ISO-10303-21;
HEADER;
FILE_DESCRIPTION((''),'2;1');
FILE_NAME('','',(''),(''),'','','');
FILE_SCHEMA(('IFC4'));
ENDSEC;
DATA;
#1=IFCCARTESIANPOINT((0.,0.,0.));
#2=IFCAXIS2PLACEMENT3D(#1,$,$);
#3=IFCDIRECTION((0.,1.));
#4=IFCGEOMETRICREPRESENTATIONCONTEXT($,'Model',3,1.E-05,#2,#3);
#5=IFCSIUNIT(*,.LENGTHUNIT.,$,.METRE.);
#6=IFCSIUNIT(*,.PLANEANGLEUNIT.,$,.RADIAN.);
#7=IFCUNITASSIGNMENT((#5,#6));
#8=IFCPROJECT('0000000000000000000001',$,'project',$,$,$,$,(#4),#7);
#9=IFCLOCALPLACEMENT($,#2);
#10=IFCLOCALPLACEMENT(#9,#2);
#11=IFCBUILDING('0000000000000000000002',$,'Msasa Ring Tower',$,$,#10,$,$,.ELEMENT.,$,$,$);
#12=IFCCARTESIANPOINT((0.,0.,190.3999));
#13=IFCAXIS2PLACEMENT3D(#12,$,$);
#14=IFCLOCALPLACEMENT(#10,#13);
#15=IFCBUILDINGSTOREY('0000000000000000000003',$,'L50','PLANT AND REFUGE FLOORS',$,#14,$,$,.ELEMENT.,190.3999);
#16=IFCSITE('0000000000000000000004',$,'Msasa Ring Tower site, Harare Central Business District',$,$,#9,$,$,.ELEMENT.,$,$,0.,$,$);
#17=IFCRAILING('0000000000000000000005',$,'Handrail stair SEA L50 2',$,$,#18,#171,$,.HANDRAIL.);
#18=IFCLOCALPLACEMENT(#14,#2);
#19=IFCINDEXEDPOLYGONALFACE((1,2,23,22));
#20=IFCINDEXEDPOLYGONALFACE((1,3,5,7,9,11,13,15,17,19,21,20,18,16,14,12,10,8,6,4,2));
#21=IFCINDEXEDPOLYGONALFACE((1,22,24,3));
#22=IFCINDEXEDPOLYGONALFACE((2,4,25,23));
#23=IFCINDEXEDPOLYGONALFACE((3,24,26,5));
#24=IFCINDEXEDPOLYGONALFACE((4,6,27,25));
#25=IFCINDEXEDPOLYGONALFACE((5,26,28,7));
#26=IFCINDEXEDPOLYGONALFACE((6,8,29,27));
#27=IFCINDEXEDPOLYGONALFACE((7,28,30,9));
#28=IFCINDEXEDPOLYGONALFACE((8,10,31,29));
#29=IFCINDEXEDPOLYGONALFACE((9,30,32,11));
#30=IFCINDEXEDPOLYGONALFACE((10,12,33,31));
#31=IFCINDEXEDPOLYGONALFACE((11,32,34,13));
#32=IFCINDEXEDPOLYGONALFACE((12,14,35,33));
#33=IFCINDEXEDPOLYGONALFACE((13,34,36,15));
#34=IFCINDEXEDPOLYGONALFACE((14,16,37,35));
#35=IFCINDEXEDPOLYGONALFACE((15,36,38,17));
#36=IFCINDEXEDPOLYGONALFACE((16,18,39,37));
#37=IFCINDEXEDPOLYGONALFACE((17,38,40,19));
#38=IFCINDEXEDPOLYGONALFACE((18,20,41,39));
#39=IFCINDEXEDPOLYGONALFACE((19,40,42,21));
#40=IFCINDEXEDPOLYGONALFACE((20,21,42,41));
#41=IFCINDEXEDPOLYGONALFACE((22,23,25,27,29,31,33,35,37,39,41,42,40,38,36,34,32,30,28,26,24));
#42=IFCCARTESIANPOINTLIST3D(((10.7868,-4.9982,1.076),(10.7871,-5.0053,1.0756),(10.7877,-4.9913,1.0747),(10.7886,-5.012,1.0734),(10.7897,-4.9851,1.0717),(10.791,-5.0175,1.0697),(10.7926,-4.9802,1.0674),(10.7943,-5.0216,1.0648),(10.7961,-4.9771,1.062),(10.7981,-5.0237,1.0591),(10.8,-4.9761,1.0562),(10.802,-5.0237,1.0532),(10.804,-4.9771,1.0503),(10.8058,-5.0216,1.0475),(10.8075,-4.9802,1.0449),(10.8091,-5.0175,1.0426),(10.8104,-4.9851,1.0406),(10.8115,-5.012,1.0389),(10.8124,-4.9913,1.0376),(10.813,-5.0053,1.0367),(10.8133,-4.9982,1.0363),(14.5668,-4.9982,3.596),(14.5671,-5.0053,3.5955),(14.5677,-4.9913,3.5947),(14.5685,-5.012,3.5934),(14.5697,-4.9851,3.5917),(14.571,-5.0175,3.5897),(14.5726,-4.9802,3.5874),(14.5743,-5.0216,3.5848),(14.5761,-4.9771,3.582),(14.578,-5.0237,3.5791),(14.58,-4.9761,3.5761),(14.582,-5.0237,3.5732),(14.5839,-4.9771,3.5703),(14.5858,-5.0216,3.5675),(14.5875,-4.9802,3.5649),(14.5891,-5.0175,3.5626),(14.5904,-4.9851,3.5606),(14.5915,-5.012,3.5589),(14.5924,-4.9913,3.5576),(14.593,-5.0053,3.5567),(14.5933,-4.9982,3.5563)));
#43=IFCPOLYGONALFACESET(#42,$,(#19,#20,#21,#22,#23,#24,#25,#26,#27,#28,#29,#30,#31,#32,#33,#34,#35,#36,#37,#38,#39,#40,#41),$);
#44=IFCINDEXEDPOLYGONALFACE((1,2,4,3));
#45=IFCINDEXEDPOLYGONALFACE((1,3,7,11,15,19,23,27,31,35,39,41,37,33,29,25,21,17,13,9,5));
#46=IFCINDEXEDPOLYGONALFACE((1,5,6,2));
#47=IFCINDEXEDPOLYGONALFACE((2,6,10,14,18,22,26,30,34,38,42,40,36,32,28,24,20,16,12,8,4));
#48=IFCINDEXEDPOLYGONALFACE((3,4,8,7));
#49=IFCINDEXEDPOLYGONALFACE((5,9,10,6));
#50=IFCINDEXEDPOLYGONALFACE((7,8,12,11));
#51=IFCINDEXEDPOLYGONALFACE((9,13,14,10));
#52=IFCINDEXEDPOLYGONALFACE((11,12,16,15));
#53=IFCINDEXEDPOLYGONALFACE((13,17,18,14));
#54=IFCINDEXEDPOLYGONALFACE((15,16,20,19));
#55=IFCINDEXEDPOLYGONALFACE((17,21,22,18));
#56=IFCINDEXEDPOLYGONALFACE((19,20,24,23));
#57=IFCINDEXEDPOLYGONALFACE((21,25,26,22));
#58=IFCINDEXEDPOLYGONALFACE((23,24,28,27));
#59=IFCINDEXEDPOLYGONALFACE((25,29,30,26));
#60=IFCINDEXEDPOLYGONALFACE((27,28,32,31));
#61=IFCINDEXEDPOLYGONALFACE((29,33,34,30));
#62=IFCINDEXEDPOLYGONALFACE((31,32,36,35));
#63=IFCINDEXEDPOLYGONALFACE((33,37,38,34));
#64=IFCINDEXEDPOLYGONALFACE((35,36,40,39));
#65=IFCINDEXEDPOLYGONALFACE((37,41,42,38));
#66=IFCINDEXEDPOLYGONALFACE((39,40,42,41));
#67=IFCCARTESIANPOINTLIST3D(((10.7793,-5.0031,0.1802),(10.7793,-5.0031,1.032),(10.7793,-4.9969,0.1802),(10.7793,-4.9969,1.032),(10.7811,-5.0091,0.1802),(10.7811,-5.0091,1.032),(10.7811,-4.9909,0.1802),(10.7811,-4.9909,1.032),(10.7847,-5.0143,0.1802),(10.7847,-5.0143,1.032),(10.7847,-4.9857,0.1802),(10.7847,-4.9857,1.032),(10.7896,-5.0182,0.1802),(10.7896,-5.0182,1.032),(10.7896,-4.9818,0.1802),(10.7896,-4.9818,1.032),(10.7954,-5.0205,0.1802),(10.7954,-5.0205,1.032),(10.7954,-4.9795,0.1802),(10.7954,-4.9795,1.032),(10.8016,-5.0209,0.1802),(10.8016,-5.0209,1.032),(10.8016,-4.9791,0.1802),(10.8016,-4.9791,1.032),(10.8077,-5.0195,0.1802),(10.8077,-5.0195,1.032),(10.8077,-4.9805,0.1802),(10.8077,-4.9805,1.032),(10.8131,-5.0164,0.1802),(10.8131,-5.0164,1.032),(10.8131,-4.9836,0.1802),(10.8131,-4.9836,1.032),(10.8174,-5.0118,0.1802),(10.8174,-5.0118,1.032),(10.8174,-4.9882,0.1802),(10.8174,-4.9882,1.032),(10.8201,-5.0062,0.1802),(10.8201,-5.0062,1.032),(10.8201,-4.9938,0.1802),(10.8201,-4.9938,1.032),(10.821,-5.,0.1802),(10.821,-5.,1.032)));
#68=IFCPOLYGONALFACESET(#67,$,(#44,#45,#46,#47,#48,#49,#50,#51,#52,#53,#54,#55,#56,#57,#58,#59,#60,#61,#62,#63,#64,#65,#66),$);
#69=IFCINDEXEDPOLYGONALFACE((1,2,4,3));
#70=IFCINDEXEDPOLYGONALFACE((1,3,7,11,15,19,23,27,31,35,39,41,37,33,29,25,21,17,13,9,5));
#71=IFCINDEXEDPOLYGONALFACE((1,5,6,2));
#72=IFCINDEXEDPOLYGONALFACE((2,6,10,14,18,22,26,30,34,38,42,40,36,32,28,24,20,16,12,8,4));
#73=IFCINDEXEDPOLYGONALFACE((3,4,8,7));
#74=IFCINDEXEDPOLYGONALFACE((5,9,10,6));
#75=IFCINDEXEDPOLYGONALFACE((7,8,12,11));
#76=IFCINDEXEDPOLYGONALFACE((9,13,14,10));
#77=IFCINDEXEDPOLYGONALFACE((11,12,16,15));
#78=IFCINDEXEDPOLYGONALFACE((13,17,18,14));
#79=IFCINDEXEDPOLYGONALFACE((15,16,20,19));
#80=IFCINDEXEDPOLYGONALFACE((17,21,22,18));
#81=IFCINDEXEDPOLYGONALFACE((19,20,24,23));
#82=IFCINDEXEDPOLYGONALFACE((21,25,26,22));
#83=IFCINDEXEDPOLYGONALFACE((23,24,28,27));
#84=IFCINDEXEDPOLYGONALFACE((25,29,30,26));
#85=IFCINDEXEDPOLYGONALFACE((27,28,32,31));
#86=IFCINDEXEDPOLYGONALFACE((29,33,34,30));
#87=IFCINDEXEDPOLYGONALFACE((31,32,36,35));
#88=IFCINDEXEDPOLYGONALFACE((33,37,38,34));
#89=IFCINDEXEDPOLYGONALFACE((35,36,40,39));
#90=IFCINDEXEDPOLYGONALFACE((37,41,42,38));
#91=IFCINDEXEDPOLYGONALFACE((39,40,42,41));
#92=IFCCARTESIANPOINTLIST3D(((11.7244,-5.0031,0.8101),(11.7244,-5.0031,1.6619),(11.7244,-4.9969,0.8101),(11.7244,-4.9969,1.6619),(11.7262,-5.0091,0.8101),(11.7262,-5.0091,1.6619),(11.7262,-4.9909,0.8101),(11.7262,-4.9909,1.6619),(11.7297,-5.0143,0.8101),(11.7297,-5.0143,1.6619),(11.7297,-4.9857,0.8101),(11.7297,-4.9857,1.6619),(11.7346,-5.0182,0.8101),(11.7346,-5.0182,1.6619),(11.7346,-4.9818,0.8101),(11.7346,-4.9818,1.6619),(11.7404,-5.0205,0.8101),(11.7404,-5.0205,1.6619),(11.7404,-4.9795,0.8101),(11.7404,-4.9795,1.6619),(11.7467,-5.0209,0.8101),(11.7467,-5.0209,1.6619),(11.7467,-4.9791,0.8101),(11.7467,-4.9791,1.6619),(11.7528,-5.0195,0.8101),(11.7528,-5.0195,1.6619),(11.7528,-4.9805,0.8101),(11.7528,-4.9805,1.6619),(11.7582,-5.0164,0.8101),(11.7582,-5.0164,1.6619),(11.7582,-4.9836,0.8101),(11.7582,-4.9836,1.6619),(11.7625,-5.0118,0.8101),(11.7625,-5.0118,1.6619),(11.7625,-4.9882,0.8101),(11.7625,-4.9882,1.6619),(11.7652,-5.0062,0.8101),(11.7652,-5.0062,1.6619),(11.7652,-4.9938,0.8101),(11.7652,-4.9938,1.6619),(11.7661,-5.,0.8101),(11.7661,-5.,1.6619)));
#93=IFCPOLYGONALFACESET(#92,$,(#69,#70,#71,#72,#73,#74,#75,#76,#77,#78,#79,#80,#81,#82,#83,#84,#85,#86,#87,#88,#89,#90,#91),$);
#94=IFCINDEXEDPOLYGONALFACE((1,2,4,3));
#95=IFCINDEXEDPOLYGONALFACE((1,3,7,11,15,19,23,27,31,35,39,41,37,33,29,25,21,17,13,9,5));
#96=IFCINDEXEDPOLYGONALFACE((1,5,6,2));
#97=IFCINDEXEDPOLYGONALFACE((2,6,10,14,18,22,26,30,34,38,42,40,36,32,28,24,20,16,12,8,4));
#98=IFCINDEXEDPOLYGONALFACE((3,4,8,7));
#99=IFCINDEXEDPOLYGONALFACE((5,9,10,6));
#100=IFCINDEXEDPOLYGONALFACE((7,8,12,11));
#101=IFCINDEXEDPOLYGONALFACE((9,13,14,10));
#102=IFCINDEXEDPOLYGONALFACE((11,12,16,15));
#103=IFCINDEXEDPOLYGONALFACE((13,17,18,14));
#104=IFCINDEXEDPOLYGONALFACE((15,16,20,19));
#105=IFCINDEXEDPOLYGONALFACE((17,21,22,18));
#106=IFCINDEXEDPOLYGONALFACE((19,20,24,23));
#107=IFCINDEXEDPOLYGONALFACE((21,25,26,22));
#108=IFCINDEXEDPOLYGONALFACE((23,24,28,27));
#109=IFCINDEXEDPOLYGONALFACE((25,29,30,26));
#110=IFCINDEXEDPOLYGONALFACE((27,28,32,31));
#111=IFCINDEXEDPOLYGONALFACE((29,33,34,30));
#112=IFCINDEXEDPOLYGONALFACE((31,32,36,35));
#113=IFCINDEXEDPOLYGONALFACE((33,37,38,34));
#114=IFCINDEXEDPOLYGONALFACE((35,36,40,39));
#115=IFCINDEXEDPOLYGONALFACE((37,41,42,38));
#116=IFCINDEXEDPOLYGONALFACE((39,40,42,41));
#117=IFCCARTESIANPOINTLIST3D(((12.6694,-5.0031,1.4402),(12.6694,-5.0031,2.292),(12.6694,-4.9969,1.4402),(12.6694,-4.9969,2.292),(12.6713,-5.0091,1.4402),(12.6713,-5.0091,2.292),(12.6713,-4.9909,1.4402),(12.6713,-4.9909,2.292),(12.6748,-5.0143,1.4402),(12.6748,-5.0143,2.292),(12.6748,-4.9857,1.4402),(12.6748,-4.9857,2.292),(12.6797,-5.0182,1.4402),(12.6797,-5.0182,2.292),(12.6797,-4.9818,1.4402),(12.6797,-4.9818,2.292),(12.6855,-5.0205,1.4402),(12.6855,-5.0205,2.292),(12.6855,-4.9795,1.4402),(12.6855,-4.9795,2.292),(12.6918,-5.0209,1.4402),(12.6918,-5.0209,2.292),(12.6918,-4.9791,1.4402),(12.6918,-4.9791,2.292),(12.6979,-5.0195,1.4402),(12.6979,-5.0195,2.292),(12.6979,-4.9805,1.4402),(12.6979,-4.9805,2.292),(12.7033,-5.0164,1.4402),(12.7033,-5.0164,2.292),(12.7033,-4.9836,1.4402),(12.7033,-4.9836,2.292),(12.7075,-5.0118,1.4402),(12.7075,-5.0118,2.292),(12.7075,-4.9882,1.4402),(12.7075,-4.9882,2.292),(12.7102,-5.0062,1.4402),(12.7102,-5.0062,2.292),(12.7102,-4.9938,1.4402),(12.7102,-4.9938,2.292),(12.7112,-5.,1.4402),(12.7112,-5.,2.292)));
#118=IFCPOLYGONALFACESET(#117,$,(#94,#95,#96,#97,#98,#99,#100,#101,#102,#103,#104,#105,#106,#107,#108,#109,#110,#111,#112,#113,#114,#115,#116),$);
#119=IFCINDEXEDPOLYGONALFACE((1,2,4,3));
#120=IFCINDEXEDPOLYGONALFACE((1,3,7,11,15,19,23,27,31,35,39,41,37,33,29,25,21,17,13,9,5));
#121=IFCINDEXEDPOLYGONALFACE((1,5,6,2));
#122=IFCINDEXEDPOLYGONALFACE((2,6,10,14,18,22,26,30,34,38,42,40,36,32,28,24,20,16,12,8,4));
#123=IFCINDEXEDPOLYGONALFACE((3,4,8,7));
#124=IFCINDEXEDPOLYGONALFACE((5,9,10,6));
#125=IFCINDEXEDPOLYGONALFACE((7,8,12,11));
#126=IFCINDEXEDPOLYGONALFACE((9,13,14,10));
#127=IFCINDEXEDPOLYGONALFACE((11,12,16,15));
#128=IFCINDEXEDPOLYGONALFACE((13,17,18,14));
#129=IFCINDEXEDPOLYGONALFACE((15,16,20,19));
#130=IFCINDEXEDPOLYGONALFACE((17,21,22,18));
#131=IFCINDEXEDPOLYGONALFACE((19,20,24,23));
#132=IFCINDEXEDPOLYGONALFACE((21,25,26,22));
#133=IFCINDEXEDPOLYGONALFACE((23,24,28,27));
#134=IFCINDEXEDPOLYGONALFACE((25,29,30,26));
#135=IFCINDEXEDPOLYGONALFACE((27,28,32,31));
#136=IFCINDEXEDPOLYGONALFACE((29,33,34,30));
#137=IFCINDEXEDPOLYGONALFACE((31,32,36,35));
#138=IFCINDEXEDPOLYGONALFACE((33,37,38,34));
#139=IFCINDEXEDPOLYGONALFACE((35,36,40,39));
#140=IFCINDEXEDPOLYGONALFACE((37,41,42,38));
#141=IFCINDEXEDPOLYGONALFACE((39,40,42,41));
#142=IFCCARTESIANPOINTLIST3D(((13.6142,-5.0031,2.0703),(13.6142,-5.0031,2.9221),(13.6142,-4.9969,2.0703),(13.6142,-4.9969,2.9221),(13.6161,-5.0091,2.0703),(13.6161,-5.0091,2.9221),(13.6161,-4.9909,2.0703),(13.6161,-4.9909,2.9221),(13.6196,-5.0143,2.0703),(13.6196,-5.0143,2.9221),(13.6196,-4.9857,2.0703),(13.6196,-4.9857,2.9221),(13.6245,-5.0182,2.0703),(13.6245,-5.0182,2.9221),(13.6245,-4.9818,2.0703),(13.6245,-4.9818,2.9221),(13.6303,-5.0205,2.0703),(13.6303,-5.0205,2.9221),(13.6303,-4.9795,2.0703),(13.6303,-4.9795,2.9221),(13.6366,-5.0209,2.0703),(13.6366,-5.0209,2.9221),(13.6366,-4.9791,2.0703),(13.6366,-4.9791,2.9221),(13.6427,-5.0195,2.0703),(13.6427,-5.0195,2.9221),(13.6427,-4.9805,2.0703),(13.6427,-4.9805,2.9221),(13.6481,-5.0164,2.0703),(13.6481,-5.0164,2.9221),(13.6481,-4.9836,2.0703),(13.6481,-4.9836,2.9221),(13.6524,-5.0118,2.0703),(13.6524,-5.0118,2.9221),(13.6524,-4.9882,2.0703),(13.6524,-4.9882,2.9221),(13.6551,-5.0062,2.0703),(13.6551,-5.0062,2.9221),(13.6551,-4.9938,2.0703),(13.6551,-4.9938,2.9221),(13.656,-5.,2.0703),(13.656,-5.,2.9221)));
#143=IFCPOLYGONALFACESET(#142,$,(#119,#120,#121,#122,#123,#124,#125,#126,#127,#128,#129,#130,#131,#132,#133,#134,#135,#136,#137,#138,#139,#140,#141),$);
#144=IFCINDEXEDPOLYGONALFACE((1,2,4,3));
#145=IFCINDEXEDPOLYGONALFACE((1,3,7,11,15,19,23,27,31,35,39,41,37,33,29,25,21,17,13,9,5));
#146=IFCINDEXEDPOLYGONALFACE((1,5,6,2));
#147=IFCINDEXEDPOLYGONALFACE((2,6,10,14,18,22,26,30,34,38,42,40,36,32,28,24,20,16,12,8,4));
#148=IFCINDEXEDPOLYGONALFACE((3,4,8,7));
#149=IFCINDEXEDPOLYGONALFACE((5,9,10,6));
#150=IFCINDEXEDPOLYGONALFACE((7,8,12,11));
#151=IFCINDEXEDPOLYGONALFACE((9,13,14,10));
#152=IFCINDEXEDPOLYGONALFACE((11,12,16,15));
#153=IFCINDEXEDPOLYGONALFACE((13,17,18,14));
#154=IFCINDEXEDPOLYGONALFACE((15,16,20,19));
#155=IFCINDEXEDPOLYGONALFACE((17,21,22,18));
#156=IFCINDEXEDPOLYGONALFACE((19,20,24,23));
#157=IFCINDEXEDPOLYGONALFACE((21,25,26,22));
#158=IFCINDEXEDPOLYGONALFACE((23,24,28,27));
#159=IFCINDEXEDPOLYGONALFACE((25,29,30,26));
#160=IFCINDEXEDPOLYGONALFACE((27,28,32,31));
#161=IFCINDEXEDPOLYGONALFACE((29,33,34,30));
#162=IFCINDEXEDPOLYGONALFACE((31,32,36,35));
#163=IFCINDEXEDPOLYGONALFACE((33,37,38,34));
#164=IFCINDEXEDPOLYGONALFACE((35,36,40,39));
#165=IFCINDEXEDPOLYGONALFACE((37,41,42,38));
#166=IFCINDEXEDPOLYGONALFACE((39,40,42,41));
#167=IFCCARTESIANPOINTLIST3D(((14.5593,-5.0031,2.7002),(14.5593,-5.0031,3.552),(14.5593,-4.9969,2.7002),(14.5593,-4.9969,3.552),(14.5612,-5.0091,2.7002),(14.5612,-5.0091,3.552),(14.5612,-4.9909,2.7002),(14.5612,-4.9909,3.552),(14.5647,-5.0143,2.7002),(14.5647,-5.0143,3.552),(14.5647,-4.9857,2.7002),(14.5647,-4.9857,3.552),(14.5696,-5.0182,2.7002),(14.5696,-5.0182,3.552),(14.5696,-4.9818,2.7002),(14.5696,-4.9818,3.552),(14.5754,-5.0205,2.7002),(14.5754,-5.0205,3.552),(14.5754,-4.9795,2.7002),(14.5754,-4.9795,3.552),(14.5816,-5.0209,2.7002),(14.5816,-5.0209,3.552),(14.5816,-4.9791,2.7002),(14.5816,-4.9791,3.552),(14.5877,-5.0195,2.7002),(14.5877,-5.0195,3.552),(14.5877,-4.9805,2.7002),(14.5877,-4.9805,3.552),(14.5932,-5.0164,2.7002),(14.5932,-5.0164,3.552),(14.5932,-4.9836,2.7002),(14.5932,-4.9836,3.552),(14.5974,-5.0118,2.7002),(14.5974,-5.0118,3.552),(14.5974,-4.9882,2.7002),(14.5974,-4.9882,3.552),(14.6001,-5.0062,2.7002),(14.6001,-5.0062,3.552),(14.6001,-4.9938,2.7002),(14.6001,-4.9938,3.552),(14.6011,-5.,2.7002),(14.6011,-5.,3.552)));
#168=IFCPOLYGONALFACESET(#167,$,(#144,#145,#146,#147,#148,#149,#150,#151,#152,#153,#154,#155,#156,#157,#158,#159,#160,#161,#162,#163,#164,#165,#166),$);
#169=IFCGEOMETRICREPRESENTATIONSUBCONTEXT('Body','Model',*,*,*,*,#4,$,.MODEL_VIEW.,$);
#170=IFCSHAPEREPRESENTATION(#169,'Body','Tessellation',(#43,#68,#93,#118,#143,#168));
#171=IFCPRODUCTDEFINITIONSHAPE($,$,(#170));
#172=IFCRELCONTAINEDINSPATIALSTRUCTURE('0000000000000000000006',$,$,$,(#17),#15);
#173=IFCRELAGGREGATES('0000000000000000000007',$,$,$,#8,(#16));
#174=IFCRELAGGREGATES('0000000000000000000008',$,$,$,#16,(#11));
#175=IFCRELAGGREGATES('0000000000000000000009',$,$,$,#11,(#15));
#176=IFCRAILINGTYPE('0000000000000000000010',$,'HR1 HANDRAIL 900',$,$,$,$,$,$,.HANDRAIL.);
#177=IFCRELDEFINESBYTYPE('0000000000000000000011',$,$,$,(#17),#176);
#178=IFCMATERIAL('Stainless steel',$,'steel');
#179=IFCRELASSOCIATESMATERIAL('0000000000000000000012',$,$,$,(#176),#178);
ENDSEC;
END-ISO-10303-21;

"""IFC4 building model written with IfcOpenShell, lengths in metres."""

from ifc_helpers import new_model, si_unit, direction, frame, origin, origin_2d, place, context, subcontext, project, spatial, circle, extrude, material, type_object, element, save


model = new_model("IFC4")

# Units and contexts
model_context = context("Model", 3, precision=1e-05, world=origin(), true_north=direction((0.0, 1.0)))
body_context = subcontext(model_context, "Body", "Model", "MODEL_VIEW")
ifc_project = project(units=[si_unit("LENGTHUNIT", "METRE"), si_unit("PLANEANGLEUNIT", "RADIAN")], contexts=[model_context])

# Site, building, storey
site_placement = place(None, origin())
site = spatial("IfcSite", under=ifc_project, at=site_placement, Name="Msasa Ring Tower site, Harare Central Business District", CompositionType="ELEMENT", RefElevation=0.0)
building_placement = place(site_placement, origin())
building = spatial("IfcBuilding", under=site, at=building_placement, Name="Msasa Ring Tower", CompositionType="ELEMENT")
storey_placement = place(building_placement, frame((0.0, 0.0, 190.3999)))
storey = spatial("IfcBuildingStorey", under=building, at=storey_placement, Name="L50", Description="PLANT AND REFUGE FLOORS", CompositionType="ELEMENT", Elevation=190.3999)

# Railing
ifc_material_1 = material(Name="Stainless steel", Category="steel")
railing_type = type_object("IfcRailingType", Name="HR1 HANDRAIL 900", PredefinedType="HANDRAIL", material=ifc_material_1)
for number, where, name in (
    (1, (10.8, -5.0, 0.1802), "Handrail stair SEA L50 2"),
):
    element("IfcRailing", number, at=place(storey_placement, frame(where)), inside=storey, type_object=railing_type, Name=name, PredefinedType="HANDRAIL", context=body_context, shape_type="SweptSolid", body=[
        extrude(circle(Radius=0.0239, at=origin_2d()), frame((0.0, 0.0, 0.876), z_axis=(0.83205, 0.0, 0.5547), x_axis=(0.0, 1.0, 0.0)), (0.0, 0.0, 1.0), 4.543),
        extrude(circle(Radius=0.021, at=origin_2d()), origin(), (0.0, 0.0, 1.0), 0.8518),
        extrude(circle(Radius=0.021, at=origin_2d()), frame((0.9451, 0.0, 0.6299)), (0.0, 0.0, 1.0), 0.8518),
        extrude(circle(Radius=0.021, at=origin_2d()), frame((1.8901, 0.0, 1.26)), (0.0, 0.0, 1.0), 0.8518),
        extrude(circle(Radius=0.021, at=origin_2d()), frame((2.835, 0.0, 1.8901)), (0.0, 0.0, 1.0), 0.8518),
        extrude(circle(Radius=0.021, at=origin_2d()), frame((3.78, 0.0, 2.52)), (0.0, 0.0, 1.0), 0.8518),
    ])

save(model, "model.ifc")
